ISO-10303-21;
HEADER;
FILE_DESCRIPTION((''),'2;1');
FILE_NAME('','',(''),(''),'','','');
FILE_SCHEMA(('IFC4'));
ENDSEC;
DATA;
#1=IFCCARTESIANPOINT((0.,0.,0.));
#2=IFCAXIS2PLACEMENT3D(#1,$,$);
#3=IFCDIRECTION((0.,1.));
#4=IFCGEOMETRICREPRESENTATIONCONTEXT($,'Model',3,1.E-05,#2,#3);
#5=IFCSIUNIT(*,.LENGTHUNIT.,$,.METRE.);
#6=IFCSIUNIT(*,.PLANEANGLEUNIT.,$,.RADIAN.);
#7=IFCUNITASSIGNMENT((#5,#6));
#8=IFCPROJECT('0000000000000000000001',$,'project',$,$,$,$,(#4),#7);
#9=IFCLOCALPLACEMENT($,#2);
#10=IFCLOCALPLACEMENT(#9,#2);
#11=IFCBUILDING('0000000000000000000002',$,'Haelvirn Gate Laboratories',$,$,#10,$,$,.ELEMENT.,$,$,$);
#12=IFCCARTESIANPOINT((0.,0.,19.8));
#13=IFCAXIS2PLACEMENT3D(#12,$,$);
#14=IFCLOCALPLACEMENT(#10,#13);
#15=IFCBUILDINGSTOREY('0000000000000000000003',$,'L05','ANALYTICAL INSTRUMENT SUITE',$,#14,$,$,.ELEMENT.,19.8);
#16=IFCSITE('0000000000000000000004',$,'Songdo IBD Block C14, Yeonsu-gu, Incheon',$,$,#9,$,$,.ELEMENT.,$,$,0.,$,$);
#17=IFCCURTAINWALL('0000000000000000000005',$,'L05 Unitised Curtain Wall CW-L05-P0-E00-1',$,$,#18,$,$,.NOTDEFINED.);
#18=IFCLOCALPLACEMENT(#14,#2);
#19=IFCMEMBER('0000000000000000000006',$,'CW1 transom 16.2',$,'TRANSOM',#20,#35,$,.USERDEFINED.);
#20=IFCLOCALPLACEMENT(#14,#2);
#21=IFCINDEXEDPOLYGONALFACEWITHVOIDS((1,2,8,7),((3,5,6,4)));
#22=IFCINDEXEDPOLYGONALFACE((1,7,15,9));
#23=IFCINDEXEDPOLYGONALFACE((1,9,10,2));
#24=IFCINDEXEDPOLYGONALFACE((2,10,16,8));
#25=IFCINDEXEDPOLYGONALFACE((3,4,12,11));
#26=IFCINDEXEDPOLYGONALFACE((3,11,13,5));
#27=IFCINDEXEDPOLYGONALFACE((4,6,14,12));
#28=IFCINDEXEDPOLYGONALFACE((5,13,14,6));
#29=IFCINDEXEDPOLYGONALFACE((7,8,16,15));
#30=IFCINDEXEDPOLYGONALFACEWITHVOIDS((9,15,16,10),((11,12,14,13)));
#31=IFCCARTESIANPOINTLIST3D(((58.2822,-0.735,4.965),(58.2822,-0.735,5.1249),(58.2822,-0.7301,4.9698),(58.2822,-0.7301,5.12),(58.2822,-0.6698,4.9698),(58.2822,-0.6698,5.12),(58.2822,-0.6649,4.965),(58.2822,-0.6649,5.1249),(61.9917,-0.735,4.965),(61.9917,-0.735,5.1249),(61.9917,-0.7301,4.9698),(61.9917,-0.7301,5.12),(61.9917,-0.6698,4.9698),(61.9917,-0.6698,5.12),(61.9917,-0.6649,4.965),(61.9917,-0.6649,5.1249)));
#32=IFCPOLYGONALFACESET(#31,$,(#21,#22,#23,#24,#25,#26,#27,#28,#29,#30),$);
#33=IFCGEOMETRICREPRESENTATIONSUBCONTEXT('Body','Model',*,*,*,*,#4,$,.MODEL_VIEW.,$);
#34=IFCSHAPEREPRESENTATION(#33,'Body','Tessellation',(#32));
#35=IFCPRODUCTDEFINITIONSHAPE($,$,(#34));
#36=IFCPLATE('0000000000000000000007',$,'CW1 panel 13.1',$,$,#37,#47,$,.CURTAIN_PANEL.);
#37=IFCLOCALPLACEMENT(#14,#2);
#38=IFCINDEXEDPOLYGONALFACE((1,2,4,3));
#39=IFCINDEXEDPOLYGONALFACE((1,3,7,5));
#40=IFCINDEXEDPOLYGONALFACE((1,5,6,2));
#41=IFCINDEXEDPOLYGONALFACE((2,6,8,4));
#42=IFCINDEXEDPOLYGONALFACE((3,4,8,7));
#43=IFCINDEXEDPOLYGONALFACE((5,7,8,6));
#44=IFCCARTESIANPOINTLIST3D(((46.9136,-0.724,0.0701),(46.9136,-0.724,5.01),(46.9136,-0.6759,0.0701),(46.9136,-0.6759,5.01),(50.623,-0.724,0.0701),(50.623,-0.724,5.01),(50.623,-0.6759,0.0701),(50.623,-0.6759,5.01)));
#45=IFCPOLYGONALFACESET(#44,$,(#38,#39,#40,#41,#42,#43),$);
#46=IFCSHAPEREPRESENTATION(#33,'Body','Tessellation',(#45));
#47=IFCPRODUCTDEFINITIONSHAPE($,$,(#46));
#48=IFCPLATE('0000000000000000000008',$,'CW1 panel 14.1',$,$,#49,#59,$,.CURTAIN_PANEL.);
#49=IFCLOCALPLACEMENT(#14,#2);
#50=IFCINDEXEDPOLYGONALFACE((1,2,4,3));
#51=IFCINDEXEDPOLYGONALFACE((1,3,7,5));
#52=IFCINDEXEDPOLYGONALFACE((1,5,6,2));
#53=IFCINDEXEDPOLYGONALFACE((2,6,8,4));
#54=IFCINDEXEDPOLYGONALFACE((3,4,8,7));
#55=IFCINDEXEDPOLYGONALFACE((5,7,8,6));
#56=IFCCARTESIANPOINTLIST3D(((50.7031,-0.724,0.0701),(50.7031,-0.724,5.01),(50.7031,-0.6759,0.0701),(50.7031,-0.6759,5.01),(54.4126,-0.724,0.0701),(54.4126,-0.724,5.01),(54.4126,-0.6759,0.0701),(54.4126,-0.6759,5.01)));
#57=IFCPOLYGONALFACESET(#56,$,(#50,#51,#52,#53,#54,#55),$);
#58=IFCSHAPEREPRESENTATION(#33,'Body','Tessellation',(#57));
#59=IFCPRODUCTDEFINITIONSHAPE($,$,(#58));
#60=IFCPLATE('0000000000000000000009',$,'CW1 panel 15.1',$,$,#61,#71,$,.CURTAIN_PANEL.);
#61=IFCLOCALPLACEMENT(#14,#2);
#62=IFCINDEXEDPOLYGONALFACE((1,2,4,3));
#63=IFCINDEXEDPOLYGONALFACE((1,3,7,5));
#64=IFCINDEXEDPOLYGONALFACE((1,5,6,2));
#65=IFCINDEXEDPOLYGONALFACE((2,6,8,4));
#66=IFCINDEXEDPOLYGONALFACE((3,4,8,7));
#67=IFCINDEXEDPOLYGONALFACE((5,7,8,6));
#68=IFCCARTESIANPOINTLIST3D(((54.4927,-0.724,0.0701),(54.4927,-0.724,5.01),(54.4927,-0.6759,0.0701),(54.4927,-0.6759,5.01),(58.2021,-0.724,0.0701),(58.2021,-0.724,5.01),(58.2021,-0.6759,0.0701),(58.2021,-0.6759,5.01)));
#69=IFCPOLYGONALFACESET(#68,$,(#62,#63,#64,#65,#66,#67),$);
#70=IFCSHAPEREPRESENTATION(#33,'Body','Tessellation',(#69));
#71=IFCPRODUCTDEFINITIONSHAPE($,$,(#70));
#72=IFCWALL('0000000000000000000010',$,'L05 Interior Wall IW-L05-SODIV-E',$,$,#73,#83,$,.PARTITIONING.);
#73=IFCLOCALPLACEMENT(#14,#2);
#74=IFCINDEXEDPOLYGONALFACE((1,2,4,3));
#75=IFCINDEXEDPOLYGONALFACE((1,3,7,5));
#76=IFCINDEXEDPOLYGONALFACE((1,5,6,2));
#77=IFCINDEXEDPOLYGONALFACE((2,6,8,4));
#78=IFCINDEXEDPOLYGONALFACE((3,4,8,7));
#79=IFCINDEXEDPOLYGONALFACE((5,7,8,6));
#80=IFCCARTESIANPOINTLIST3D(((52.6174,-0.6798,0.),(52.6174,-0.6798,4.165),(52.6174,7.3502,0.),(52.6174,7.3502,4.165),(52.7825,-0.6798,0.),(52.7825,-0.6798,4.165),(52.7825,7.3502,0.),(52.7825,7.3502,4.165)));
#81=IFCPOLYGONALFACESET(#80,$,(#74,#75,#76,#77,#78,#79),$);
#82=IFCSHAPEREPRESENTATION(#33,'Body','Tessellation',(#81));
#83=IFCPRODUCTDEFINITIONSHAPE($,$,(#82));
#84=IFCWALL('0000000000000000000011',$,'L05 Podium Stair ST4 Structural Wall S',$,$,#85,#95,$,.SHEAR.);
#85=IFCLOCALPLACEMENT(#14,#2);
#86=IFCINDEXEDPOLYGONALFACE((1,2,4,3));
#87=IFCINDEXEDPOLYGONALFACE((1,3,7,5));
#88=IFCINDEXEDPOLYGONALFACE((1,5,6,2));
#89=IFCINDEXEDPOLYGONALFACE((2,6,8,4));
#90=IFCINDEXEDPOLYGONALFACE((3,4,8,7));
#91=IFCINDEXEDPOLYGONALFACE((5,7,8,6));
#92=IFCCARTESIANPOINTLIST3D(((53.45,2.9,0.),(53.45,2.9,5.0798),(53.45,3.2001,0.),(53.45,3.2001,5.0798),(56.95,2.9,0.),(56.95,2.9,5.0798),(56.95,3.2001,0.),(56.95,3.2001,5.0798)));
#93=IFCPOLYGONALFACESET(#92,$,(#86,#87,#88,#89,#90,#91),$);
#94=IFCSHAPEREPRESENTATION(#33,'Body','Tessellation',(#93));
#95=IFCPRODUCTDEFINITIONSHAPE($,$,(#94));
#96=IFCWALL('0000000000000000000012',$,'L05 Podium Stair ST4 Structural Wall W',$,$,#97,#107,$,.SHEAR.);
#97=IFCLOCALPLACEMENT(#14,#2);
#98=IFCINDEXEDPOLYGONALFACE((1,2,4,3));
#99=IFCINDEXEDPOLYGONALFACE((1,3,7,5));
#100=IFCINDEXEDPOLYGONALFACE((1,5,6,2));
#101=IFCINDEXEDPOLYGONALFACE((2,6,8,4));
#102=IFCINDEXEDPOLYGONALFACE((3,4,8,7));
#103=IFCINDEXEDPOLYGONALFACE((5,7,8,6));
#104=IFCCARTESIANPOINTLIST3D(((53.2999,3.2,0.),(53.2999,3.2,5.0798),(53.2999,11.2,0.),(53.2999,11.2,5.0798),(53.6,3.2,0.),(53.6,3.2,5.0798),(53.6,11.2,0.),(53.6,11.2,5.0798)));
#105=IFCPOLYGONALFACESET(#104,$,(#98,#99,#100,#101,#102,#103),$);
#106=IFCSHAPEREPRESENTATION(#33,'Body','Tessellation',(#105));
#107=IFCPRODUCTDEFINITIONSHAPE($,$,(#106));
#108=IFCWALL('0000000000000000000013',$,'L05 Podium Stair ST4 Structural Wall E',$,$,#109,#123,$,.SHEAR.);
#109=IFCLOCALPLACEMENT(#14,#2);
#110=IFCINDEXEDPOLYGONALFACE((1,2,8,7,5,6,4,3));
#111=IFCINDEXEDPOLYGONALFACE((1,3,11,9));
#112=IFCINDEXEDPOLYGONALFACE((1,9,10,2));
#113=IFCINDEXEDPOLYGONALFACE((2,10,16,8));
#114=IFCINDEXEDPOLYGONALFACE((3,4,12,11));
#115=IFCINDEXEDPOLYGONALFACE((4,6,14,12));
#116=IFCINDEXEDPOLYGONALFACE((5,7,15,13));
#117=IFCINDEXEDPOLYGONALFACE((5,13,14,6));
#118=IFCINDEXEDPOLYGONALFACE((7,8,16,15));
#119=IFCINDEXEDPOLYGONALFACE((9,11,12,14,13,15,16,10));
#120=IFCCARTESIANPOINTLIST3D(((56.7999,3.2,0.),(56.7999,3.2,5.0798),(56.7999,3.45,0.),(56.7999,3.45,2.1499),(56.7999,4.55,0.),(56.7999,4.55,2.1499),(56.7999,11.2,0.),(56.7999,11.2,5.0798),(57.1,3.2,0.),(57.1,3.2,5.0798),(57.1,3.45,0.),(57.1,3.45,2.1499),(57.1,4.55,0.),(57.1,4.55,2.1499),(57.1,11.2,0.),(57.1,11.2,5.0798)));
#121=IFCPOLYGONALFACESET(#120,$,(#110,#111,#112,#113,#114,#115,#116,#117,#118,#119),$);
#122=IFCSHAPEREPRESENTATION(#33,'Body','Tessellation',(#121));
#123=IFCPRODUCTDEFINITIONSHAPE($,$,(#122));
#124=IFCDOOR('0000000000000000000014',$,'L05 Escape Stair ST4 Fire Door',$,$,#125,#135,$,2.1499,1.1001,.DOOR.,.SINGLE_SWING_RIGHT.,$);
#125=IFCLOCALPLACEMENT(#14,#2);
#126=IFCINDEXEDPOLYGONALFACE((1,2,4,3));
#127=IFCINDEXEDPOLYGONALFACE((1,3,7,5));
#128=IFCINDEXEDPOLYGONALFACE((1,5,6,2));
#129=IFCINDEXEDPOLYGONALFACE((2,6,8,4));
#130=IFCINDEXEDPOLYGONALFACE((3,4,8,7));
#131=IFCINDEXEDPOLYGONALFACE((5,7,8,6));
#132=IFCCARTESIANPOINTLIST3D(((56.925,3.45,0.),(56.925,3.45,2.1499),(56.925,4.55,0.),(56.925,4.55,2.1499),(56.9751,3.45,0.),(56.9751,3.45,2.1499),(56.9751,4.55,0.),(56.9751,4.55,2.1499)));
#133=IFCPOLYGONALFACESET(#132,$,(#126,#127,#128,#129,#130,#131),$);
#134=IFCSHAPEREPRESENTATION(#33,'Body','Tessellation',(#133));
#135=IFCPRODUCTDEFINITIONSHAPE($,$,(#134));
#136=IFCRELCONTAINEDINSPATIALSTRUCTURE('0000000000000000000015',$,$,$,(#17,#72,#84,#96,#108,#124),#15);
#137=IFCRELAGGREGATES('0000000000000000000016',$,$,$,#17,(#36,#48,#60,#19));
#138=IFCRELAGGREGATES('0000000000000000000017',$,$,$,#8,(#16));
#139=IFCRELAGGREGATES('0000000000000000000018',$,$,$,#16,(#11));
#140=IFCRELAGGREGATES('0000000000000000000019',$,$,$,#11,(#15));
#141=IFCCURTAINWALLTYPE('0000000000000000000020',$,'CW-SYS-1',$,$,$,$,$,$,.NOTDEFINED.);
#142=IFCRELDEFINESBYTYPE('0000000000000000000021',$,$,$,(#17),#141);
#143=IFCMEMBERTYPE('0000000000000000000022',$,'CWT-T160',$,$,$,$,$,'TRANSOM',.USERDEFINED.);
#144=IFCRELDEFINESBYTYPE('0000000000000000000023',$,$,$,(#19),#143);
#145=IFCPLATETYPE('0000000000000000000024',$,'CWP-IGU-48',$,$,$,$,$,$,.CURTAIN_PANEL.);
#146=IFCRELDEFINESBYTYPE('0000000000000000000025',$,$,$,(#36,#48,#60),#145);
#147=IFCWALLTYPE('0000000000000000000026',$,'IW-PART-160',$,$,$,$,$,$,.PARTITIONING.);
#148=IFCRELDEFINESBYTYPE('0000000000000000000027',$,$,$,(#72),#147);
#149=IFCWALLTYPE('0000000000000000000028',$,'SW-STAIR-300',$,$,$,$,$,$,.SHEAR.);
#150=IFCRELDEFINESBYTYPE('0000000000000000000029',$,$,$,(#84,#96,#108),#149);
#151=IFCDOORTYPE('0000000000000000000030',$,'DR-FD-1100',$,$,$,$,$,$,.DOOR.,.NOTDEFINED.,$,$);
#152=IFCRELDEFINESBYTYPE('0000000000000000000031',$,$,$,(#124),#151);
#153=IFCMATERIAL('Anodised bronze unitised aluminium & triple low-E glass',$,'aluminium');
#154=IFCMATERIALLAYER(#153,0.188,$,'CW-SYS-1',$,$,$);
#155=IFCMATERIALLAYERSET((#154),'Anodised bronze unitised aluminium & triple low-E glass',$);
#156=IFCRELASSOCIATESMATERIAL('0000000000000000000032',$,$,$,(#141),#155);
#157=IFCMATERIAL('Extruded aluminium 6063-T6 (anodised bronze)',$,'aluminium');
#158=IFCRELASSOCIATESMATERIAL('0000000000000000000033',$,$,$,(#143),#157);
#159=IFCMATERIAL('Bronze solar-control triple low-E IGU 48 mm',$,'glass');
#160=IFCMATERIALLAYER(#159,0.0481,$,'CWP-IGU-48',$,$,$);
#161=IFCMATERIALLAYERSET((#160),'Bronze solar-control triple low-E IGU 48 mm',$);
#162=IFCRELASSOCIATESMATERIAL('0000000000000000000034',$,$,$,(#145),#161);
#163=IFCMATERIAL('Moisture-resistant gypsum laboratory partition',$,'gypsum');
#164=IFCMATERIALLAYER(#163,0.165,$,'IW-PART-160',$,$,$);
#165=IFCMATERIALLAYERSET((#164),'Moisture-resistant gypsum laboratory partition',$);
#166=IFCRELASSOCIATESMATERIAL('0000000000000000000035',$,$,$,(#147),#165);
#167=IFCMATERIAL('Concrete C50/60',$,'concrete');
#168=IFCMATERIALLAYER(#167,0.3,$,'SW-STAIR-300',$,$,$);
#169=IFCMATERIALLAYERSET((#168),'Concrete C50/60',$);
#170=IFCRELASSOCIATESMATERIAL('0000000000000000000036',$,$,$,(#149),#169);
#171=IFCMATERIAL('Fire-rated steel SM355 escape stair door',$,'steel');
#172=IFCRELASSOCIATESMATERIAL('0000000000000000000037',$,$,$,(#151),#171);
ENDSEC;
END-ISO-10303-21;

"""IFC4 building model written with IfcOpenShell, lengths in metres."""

from ifc_helpers import new_model, si_unit, direction, frame, frame_2d, origin, origin_2d, place, context, subcontext, project, spatial, rectangle, hollow_rectangle, extrude, source, transform, mapped, material, layer, layer_set, material_profile, profile_set, type_object, type_shapes, element, fill, aggregate, save


model = new_model("IFC4")

# Units and contexts
model_context = context("Model", 3, precision=1e-05, world=origin(), true_north=direction((0.0, 1.0)))
body_context = subcontext(model_context, "Body", "Model", "MODEL_VIEW")
ifc_project = project(units=[si_unit("LENGTHUNIT", "METRE"), si_unit("PLANEANGLEUNIT", "RADIAN")], contexts=[model_context])

# Site, building, storey
site_placement = place(None, origin())
site = spatial("IfcSite", under=ifc_project, at=site_placement, Name="Songdo IBD Block C14, Yeonsu-gu, Incheon", CompositionType="ELEMENT", RefElevation=0.0)
building_placement = place(site_placement, origin())
building = spatial("IfcBuilding", under=site, at=building_placement, Name="Haelvirn Gate Laboratories", CompositionType="ELEMENT")
storey_placement = place(building_placement, frame((0.0, 0.0, 19.8)))
storey = spatial("IfcBuildingStorey", under=building, at=storey_placement, Name="L05", Description="ANALYTICAL INSTRUMENT SUITE", CompositionType="ELEMENT", Elevation=19.8)

# Curtain wall, member, plates
ifc_material_1 = material(Name="Anodised bronze unitised aluminium & triple low-E glass", Category="aluminium")
ifc_layer_1 = layer(ifc_material_1, 0.188, Name="CW-SYS-1")
ifc_layer_set_1 = layer_set([ifc_layer_1], Name="Anodised bronze unitised aluminium & triple low-E glass")
curtain_wall_type = type_object("IfcCurtainWallType", Name="CW-SYS-1", PredefinedType="NOTDEFINED", material=ifc_layer_set_1)
curtain_wall_placement = place(storey_placement, origin())
curtain_wall = element("IfcCurtainWall", 1, at=curtain_wall_placement, inside=storey, type_object=curtain_wall_type, Name="L05 Unitised Curtain Wall CW-L05-P0-E00-1", PredefinedType="NOTDEFINED")
ifc_material_2 = material(Name="Extruded aluminium 6063-T6 (anodised bronze)", Category="aluminium")
ifc_material_profile_1 = material_profile(ifc_material_2, hollow_rectangle(XDim=0.0701, YDim=0.1599, WallThickness=0.0049, at=origin_2d()), Name="CWT-160x70x5")
ifc_profile_set_1 = profile_set([ifc_material_profile_1], Name="Extruded aluminium 6063-T6 (anodised bronze)")
member_type_1 = type_object("IfcMemberType", Name="CWT-T160", ElementType="TRANSOM", PredefinedType="USERDEFINED", material=ifc_profile_set_1)
shared_shape_1 = source(origin(), body_context, "Body", "SweptSolid", [
    extrude(hollow_rectangle(XDim=0.0701, YDim=0.1599, WallThickness=0.0049, at=origin_2d()), origin(), (0.0, 0.0, 1.0), 3.7095),
])
type_shapes(member_type_1, [shared_shape_1])
member_1_placement = place(storey_placement, frame((58.2822, -0.7, 5.0449), z_axis=(1.0, 0.0, 0.0), x_axis=(0.0, 1.0, 0.0)))
member_1 = element("IfcMember", 2, at=member_1_placement, type_object=member_type_1, Name="CW1 transom 16.2", ObjectType="TRANSOM", PredefinedType="USERDEFINED", context=body_context, shape_type="MappedRepresentation", body=[
    mapped(shared_shape_1, transform((0.0, 0.0, 0.0), scale=1.0)),
])
ifc_material_3 = material(Name="Bronze solar-control triple low-E IGU 48 mm", Category="glass")
ifc_layer_2 = layer(ifc_material_3, 0.0481, Name="CWP-IGU-48")
ifc_layer_set_2 = layer_set([ifc_layer_2], Name="Bronze solar-control triple low-E IGU 48 mm")
plate_type = type_object("IfcPlateType", Name="CWP-IGU-48", PredefinedType="CURTAIN_PANEL", material=ifc_layer_set_2)
shared_shape_2 = source(origin(), body_context, "Body", "SweptSolid", [
    extrude(rectangle(XDim=3.7095, YDim=0.0481, at=origin_2d()), origin(), (0.0, 0.0, 1.0), 4.9399),
])
type_shapes(plate_type, [shared_shape_2])
plate_1_placement = place(storey_placement, frame((48.7683, -0.7, 0.0701), z_axis=(0.0, 0.0, 1.0), x_axis=(1.0, 0.0, 0.0)))
plate_1 = element("IfcPlate", 3, at=plate_1_placement, type_object=plate_type, Name="CW1 panel 13.1", PredefinedType="CURTAIN_PANEL", context=body_context, shape_type="MappedRepresentation", body=[
    mapped(shared_shape_2, transform((0.0, 0.0, 0.0), scale=1.0)),
])
plate_2_placement = place(storey_placement, frame((52.5579, -0.7, 0.0701), z_axis=(0.0, 0.0, 1.0), x_axis=(1.0, 0.0, 0.0)))
plate_2 = element("IfcPlate", 4, at=plate_2_placement, type_object=plate_type, Name="CW1 panel 14.1", PredefinedType="CURTAIN_PANEL", context=body_context, shape_type="MappedRepresentation", body=[
    mapped(shared_shape_2, transform((0.0, 0.0, 0.0), scale=1.0)),
])
plate_3_placement = place(storey_placement, frame((56.3474, -0.7, 0.0701), z_axis=(0.0, 0.0, 1.0), x_axis=(1.0, 0.0, 0.0)))
plate_3 = element("IfcPlate", 5, at=plate_3_placement, type_object=plate_type, Name="CW1 panel 15.1", PredefinedType="CURTAIN_PANEL", context=body_context, shape_type="MappedRepresentation", body=[
    mapped(shared_shape_2, transform((0.0, 0.0, 0.0), scale=1.0)),
])
aggregate(curtain_wall, [plate_1, plate_2, plate_3, member_1])

# Walls
ifc_material_4 = material(Name="Moisture-resistant gypsum laboratory partition", Category="gypsum")
ifc_layer_3 = layer(ifc_material_4, 0.165, Name="IW-PART-160")
ifc_layer_set_3 = layer_set([ifc_layer_3], Name="Moisture-resistant gypsum laboratory partition")
wall_type_1 = type_object("IfcWallType", Name="IW-PART-160", PredefinedType="PARTITIONING", material=ifc_layer_set_3)
wall_1_placement = place(storey_placement, frame((52.7, -0.6799, 0.0), z_axis=(0.0, 0.0, 1.0), x_axis=(0.0, 1.0, 0.0)))
element("IfcWall", 6, at=wall_1_placement, inside=storey, type_object=wall_type_1, Name="L05 Interior Wall IW-L05-SODIV-E", PredefinedType="PARTITIONING", context=body_context, shape_type="SweptSolid", body=[
    extrude(rectangle(XDim=8.03, YDim=0.165, at=frame_2d((4.0151, 0.0))), origin(), (0.0, 0.0, 1.0), 4.165),
])
ifc_material_5 = material(Name="Concrete C50/60", Category="concrete")
ifc_layer_4 = layer(ifc_material_5, 0.3, Name="SW-STAIR-300")
ifc_layer_set_4 = layer_set([ifc_layer_4], Name="Concrete C50/60")
wall_type_2 = type_object("IfcWallType", Name="SW-STAIR-300", PredefinedType="SHEAR", material=ifc_layer_set_4)
wall_2_placement = place(storey_placement, frame((53.45, 3.05, 0.0), z_axis=(0.0, 0.0, 1.0), x_axis=(1.0, 0.0, 0.0)))
element("IfcWall", 7, at=wall_2_placement, inside=storey, type_object=wall_type_2, Name="L05 Podium Stair ST4 Structural Wall S", PredefinedType="SHEAR", context=body_context, shape_type="SweptSolid", body=[
    extrude(rectangle(XDim=3.5, YDim=0.3, at=frame_2d((1.75, 0.0))), origin(), (0.0, 0.0, 1.0), 5.0798),
])
wall_3_placement = place(storey_placement, frame((53.45, 3.2, 0.0), z_axis=(0.0, 0.0, 1.0), x_axis=(0.0, 1.0, 0.0)))
element("IfcWall", 8, at=wall_3_placement, inside=storey, type_object=wall_type_2, Name="L05 Podium Stair ST4 Structural Wall W", PredefinedType="SHEAR", context=body_context, shape_type="SweptSolid", body=[
    extrude(rectangle(XDim=8.0, YDim=0.3, at=frame_2d((4.0, 0.0))), origin(), (0.0, 0.0, 1.0), 5.0798),
])

# Wall, opening, door
wall_4_placement = place(storey_placement, frame((56.95, 3.2, 0.0), z_axis=(0.0, 0.0, 1.0), x_axis=(0.0, 1.0, 0.0)))
wall_4 = element("IfcWall", 9, at=wall_4_placement, inside=storey, type_object=wall_type_2, Name="L05 Podium Stair ST4 Structural Wall E", PredefinedType="SHEAR", context=body_context, shape_type="SweptSolid", body=[
    extrude(rectangle(XDim=8.0, YDim=0.3, at=frame_2d((4.0, 0.0))), origin(), (0.0, 0.0, 1.0), 5.0798),
])
opening_placement = place(wall_4_placement, frame((0.25, 0.0, 0.0)))
opening = element("IfcOpeningElement", 10, at=opening_placement, cuts=wall_4, PredefinedType="OPENING", context=body_context, shape_type="SweptSolid", body=[
    extrude(rectangle(XDim=1.1001, YDim=2.1499, at=frame_2d((0.55, 1.075))), frame((0.0, 0.1602, 0.0), z_axis=(0.0, -1.0, 0.0), x_axis=(1.0, 0.0, 0.0)), (0.0, 0.0, 1.0), 0.3201),
])
ifc_material_6 = material(Name="Fire-rated steel SM355 escape stair door", Category="steel")
door_type = type_object("IfcDoorType", Name="DR-FD-1100", OperationType="NOTDEFINED", PredefinedType="DOOR", material=ifc_material_6)
shared_shape_3 = source(origin(), body_context, "Body", "SweptSolid", [
    extrude(rectangle(XDim=1.1001, YDim=2.1499, at=frame_2d((0.55, 1.075))), frame((0.0, 0.0249, 0.0), z_axis=(0.0, -1.0, 0.0), x_axis=(1.0, 0.0, 0.0)), (0.0, 0.0, 1.0), 0.05),
])
type_shapes(door_type, [shared_shape_3])
door_placement = place(opening_placement, origin())
door = element("IfcDoor", 11, at=door_placement, inside=storey, type_object=door_type, Name="L05 Escape Stair ST4 Fire Door", OperationType="SINGLE_SWING_RIGHT", OverallHeight=2.1499, OverallWidth=1.1001, PredefinedType="DOOR", context=body_context, shape_type="MappedRepresentation", body=[
    mapped(shared_shape_3, transform((0.0, 0.0, 0.0), scale=1.0)),
])
fill(opening, door)

save(model, "model.ifc")
